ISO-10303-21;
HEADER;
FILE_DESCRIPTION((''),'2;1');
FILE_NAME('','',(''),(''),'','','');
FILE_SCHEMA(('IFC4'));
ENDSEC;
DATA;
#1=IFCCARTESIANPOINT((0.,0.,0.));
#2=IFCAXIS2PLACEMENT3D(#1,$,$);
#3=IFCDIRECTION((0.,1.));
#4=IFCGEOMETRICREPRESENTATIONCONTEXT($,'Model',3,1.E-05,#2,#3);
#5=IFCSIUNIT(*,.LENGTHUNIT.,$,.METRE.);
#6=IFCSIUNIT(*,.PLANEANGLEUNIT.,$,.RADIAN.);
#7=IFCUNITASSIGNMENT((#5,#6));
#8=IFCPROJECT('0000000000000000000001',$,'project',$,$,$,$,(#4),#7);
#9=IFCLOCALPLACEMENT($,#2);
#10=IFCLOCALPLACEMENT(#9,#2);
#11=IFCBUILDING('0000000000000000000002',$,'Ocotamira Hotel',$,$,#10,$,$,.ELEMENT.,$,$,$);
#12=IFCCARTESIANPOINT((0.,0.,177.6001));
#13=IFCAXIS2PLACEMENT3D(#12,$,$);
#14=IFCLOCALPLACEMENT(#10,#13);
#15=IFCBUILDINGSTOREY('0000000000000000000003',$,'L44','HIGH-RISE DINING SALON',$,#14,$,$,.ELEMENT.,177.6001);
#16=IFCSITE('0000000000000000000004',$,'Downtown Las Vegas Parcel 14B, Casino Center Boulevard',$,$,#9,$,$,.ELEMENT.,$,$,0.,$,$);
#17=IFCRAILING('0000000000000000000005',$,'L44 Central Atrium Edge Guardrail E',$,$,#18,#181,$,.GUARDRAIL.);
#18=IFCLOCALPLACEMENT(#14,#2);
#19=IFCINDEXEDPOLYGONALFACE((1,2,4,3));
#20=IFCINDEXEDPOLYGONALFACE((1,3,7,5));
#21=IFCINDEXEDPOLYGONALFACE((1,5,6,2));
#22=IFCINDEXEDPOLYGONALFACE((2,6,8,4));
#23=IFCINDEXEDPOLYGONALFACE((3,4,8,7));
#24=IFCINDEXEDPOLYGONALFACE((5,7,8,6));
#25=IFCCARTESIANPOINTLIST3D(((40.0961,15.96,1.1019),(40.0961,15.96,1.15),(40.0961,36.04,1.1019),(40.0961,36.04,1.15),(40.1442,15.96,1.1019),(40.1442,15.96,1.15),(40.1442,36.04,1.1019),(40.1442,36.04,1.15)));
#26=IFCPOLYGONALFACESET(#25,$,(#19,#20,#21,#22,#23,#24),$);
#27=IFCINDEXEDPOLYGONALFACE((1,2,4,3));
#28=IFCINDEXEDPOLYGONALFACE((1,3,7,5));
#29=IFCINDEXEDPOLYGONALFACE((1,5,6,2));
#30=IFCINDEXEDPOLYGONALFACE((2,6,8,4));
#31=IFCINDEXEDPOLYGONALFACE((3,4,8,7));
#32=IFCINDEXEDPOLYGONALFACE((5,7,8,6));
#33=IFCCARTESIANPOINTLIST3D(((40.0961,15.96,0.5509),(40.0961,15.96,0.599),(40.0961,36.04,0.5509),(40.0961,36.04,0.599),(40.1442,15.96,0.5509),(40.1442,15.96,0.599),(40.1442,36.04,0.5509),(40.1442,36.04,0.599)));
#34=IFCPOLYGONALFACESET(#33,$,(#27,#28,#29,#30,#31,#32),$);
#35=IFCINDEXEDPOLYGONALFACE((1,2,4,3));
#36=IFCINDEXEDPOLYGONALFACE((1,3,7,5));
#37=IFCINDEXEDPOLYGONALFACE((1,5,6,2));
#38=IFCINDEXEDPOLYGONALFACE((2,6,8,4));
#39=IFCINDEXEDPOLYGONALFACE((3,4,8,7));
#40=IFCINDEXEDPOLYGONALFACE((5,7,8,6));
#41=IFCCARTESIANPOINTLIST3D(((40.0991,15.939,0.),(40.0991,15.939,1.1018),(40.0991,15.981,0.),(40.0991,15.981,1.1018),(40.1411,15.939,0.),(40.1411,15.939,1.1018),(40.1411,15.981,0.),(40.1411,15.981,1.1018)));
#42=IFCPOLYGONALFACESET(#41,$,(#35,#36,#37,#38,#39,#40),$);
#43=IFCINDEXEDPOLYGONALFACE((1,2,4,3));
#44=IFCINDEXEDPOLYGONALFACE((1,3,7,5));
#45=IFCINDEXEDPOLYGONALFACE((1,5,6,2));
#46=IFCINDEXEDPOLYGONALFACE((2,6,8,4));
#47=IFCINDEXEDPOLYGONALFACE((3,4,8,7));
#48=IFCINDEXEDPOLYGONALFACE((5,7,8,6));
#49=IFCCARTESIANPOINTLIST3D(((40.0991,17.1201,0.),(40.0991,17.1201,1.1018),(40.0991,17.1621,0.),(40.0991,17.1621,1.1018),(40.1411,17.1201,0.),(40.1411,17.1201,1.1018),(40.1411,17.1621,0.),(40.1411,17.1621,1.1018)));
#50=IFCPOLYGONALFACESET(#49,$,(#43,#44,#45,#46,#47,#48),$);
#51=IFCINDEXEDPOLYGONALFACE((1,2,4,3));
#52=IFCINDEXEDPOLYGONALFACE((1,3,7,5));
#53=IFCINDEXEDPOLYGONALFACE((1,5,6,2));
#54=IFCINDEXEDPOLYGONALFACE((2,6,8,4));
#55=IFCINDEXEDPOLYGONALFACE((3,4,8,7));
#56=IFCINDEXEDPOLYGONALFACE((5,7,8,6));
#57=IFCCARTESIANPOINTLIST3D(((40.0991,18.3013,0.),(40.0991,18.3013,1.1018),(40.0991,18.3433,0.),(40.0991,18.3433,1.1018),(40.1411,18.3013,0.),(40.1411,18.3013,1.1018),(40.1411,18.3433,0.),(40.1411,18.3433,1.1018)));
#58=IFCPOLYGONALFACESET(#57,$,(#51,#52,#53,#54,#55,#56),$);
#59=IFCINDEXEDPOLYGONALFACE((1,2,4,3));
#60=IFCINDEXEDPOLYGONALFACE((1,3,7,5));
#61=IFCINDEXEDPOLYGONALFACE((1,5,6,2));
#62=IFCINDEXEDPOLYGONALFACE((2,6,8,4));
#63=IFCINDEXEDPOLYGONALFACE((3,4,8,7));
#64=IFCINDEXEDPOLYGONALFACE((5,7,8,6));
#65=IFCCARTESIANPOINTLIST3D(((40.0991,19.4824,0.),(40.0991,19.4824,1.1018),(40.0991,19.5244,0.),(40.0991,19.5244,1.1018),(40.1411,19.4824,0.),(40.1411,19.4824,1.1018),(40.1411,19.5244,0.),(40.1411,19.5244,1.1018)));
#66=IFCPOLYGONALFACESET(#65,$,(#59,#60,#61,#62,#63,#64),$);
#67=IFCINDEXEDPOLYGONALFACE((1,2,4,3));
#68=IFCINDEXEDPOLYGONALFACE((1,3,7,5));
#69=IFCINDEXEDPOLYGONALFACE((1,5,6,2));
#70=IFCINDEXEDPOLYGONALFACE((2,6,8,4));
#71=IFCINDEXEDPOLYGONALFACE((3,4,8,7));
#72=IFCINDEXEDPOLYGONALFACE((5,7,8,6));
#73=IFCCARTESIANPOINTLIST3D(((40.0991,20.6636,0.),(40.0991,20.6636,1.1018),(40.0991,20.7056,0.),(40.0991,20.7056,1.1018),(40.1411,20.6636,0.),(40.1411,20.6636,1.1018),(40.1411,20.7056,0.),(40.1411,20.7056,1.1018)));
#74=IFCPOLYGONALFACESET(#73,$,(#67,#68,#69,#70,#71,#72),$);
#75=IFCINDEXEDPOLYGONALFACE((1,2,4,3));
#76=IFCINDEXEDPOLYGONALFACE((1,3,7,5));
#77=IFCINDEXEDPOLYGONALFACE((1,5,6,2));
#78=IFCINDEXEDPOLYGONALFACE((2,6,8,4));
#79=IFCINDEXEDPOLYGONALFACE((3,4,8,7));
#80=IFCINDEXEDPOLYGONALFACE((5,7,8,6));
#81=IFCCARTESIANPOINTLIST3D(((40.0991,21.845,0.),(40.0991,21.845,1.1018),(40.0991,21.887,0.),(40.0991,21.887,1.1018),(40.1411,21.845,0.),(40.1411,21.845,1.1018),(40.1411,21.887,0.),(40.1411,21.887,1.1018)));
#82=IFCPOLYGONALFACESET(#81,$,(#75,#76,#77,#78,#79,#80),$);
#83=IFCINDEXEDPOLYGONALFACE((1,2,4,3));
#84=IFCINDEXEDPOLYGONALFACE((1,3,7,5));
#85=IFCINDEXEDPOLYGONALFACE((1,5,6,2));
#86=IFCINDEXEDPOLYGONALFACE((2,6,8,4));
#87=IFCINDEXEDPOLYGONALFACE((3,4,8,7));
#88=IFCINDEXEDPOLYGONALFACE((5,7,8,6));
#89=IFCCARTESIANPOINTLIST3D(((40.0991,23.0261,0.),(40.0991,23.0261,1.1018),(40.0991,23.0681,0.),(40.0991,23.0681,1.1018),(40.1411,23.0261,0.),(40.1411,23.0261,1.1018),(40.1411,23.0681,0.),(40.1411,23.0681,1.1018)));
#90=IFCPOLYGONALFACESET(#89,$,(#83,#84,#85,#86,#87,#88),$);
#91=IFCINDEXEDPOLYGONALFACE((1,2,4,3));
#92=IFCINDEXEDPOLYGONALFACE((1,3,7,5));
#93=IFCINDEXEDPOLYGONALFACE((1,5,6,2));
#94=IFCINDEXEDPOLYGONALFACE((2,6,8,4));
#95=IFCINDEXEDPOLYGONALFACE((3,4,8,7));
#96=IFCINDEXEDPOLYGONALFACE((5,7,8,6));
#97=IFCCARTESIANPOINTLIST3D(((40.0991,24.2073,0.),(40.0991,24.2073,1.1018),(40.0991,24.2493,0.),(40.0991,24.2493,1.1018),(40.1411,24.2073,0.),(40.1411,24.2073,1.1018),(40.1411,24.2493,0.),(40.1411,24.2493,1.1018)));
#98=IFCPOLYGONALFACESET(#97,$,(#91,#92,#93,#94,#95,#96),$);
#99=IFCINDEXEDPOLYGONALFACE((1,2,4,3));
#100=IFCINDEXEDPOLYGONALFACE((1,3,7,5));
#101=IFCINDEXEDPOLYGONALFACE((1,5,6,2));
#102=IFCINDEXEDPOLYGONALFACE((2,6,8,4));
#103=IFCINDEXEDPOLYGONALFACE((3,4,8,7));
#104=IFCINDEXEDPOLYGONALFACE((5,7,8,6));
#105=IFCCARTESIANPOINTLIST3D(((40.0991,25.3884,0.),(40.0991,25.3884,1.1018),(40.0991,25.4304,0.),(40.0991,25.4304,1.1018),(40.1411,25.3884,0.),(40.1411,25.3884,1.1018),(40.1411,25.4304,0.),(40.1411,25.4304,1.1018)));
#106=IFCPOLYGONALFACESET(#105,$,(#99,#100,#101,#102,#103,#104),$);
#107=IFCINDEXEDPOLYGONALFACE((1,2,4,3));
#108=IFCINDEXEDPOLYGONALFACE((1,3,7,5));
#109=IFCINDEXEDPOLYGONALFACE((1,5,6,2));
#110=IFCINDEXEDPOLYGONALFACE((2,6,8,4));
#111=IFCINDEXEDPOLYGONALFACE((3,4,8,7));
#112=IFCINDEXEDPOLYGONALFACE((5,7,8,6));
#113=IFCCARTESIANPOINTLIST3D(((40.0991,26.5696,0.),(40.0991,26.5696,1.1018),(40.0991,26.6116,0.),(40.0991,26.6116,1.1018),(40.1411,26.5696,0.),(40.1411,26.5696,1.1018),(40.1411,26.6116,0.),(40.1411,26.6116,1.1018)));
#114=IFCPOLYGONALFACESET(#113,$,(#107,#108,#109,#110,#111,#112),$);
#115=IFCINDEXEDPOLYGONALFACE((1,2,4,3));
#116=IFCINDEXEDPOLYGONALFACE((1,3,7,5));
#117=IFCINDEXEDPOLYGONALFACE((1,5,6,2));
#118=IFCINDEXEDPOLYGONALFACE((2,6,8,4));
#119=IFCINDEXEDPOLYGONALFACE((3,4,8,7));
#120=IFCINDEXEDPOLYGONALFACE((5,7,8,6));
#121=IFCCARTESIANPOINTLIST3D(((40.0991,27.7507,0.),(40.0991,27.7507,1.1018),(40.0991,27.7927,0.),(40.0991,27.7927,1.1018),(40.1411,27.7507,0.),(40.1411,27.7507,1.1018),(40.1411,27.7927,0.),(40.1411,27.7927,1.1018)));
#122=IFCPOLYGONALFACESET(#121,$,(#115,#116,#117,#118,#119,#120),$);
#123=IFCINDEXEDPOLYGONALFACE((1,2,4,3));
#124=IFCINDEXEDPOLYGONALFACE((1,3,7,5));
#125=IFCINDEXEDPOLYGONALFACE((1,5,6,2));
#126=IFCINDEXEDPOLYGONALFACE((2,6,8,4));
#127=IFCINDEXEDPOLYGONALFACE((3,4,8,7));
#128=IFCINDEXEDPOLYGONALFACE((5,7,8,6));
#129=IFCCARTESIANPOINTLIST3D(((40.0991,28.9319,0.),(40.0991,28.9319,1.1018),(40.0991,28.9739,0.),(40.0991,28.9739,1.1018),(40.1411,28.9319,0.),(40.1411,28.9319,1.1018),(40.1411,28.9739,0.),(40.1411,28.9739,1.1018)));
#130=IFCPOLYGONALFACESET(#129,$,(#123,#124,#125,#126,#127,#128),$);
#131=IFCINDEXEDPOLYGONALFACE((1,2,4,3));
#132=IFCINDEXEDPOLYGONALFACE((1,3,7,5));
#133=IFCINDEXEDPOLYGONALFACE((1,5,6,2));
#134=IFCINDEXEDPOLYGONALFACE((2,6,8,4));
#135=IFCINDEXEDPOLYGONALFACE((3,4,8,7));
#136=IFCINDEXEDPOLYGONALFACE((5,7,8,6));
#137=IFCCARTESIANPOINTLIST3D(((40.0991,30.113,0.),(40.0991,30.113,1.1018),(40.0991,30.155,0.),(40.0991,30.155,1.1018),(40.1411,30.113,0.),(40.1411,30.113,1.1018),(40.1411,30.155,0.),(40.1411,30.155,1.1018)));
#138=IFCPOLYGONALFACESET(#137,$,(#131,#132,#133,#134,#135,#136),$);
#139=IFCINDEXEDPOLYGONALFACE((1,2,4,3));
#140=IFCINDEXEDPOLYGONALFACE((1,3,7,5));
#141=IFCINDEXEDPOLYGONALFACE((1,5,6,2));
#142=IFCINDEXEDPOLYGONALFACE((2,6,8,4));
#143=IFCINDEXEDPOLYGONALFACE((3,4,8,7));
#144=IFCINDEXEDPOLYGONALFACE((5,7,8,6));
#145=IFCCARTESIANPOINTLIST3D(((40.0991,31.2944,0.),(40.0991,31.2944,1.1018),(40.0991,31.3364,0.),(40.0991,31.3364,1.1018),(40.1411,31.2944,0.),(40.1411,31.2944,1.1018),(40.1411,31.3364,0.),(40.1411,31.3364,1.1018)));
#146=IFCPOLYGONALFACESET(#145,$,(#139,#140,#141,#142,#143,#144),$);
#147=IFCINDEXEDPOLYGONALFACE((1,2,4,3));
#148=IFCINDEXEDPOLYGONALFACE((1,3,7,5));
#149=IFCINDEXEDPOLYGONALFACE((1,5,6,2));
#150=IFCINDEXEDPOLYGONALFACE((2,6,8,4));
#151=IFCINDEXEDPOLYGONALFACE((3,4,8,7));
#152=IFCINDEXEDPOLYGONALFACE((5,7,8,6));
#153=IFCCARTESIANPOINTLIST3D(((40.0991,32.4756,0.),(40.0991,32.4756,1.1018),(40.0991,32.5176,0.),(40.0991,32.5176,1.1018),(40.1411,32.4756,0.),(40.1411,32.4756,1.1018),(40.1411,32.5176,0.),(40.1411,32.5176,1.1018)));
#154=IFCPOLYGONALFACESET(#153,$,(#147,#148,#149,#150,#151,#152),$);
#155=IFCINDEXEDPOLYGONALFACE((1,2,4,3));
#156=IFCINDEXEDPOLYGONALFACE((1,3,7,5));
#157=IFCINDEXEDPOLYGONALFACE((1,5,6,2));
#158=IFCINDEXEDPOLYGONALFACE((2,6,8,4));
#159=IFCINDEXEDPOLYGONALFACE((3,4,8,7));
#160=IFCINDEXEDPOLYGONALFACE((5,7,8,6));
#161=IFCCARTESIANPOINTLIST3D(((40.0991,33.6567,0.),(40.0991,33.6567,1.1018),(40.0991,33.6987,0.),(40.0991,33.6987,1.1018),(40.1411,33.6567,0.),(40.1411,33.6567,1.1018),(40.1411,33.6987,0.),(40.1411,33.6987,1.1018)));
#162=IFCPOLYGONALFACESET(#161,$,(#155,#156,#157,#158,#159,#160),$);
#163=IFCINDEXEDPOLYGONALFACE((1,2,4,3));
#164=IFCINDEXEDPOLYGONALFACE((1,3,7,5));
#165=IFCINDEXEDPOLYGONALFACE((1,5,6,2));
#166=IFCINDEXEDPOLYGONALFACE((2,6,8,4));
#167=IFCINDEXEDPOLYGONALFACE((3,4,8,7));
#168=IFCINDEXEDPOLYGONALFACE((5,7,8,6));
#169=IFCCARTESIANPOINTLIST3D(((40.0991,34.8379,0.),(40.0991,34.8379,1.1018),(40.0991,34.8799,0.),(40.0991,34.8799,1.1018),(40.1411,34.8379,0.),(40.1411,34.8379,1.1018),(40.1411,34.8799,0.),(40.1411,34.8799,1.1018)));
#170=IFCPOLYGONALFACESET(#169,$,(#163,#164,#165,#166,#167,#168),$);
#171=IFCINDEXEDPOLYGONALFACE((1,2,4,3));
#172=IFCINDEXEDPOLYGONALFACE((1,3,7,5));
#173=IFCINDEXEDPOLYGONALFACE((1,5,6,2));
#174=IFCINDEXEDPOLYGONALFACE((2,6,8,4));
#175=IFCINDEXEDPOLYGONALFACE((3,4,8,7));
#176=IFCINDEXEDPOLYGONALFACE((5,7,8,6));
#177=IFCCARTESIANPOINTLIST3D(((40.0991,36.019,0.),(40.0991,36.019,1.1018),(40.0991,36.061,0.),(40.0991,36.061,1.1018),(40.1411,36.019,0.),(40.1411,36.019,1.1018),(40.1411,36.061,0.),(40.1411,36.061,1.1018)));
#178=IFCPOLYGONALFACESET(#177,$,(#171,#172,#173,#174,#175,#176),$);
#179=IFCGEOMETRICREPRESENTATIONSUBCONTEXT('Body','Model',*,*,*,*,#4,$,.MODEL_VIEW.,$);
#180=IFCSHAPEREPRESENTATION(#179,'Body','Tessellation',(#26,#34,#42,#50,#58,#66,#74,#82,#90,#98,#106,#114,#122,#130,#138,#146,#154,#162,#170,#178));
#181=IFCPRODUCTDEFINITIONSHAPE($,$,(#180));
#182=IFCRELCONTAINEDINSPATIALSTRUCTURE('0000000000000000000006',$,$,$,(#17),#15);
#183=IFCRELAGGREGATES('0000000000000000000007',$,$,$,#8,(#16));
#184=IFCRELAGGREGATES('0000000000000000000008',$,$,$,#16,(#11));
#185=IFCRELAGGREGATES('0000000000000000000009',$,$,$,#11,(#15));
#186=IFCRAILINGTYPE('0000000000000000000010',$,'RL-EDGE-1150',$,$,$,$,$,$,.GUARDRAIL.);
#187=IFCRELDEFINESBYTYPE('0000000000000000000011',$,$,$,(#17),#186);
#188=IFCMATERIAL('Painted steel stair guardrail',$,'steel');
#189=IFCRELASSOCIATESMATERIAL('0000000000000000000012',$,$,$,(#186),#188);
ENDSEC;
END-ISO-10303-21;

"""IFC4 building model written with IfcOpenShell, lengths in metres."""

from ifc_helpers import new_model, si_unit, direction, frame, origin, origin_2d, place, context, subcontext, project, spatial, rectangle, extrude, material, type_object, element, save


model = new_model("IFC4")

# Units and contexts
model_context = context("Model", 3, precision=1e-05, world=origin(), true_north=direction((0.0, 1.0)))
body_context = subcontext(model_context, "Body", "Model", "MODEL_VIEW")
ifc_project = project(units=[si_unit("LENGTHUNIT", "METRE"), si_unit("PLANEANGLEUNIT", "RADIAN")], contexts=[model_context])

# Site, building, storey
site_placement = place(None, origin())
site = spatial("IfcSite", under=ifc_project, at=site_placement, Name="Downtown Las Vegas Parcel 14B, Casino Center Boulevard", CompositionType="ELEMENT", RefElevation=0.0)
building_placement = place(site_placement, origin())
building = spatial("IfcBuilding", under=site, at=building_placement, Name="Ocotamira Hotel", CompositionType="ELEMENT")
storey_placement = place(building_placement, frame((0.0, 0.0, 177.6001)))
storey = spatial("IfcBuildingStorey", under=building, at=storey_placement, Name="L44", Description="HIGH-RISE DINING SALON", CompositionType="ELEMENT", Elevation=177.6001)

# Railing
ifc_material_1 = material(Name="Painted steel stair guardrail", Category="steel")
railing_type = type_object("IfcRailingType", Name="RL-EDGE-1150", PredefinedType="GUARDRAIL", material=ifc_material_1)
railing_1_placement = place(storey_placement, frame((40.1201, 15.96, 0.0)))
element("IfcRailing", 1, at=railing_1_placement, inside=storey, type_object=railing_type, Name="L44 Central Atrium Edge Guardrail E", PredefinedType="GUARDRAIL", context=body_context, shape_type="SweptSolid", body=[
    extrude(rectangle(XDim=0.0481, YDim=0.0481, at=origin_2d()), frame((0.0, 0.0, 1.126), z_axis=(0.0, 1.0, 0.0), x_axis=(-1.0, 0.0, 0.0)), (0.0, 0.0, 1.0), 20.0801),
    extrude(rectangle(XDim=0.0481, YDim=0.0481, at=origin_2d()), frame((0.0, 0.0, 0.575), z_axis=(0.0, 1.0, 0.0), x_axis=(-1.0, 0.0, 0.0)), (0.0, 0.0, 1.0), 20.0801),
    extrude(rectangle(XDim=0.042, YDim=0.042, at=origin_2d()), origin(), (0.0, 0.0, 1.0), 1.1018),
    extrude(rectangle(XDim=0.042, YDim=0.042, at=origin_2d()), frame((0.0, 1.1812, 0.0)), (0.0, 0.0, 1.0), 1.1018),
    extrude(rectangle(XDim=0.042, YDim=0.042, at=origin_2d()), frame((0.0, 2.3623, 0.0)), (0.0, 0.0, 1.0), 1.1018),
    extrude(rectangle(XDim=0.042, YDim=0.042, at=origin_2d()), frame((0.0, 3.5435, 0.0)), (0.0, 0.0, 1.0), 1.1018),
    extrude(rectangle(XDim=0.042, YDim=0.042, at=origin_2d()), frame((0.0, 4.7246, 0.0)), (0.0, 0.0, 1.0), 1.1018),
    extrude(rectangle(XDim=0.042, YDim=0.042, at=origin_2d()), frame((0.0, 5.906, 0.0)), (0.0, 0.0, 1.0), 1.1018),
    extrude(rectangle(XDim=0.042, YDim=0.042, at=origin_2d()), frame((0.0, 7.0872, 0.0)), (0.0, 0.0, 1.0), 1.1018),
    extrude(rectangle(XDim=0.042, YDim=0.042, at=origin_2d()), frame((0.0, 8.2683, 0.0)), (0.0, 0.0, 1.0), 1.1018),
    extrude(rectangle(XDim=0.042, YDim=0.042, at=origin_2d()), frame((0.0, 9.4495, 0.0)), (0.0, 0.0, 1.0), 1.1018),
    extrude(rectangle(XDim=0.042, YDim=0.042, at=origin_2d()), frame((0.0, 10.6306, 0.0)), (0.0, 0.0, 1.0), 1.1018),
    extrude(rectangle(XDim=0.042, YDim=0.042, at=origin_2d()), frame((0.0, 11.8118, 0.0)), (0.0, 0.0, 1.0), 1.1018),
    extrude(rectangle(XDim=0.042, YDim=0.042, at=origin_2d()), frame((0.0, 12.9929, 0.0)), (0.0, 0.0, 1.0), 1.1018),
    extrude(rectangle(XDim=0.042, YDim=0.042, at=origin_2d()), frame((0.0, 14.1741, 0.0)), (0.0, 0.0, 1.0), 1.1018),
    extrude(rectangle(XDim=0.042, YDim=0.042, at=origin_2d()), frame((0.0, 15.3555, 0.0)), (0.0, 0.0, 1.0), 1.1018),
    extrude(rectangle(XDim=0.042, YDim=0.042, at=origin_2d()), frame((0.0, 16.5366, 0.0)), (0.0, 0.0, 1.0), 1.1018),
    extrude(rectangle(XDim=0.042, YDim=0.042, at=origin_2d()), frame((0.0, 17.7178, 0.0)), (0.0, 0.0, 1.0), 1.1018),
    extrude(rectangle(XDim=0.042, YDim=0.042, at=origin_2d()), frame((0.0, 18.8989, 0.0)), (0.0, 0.0, 1.0), 1.1018),
    extrude(rectangle(XDim=0.042, YDim=0.042, at=origin_2d()), frame((0.0, 20.0801, 0.0)), (0.0, 0.0, 1.0), 1.1018),
])

save(model, "model.ifc")
